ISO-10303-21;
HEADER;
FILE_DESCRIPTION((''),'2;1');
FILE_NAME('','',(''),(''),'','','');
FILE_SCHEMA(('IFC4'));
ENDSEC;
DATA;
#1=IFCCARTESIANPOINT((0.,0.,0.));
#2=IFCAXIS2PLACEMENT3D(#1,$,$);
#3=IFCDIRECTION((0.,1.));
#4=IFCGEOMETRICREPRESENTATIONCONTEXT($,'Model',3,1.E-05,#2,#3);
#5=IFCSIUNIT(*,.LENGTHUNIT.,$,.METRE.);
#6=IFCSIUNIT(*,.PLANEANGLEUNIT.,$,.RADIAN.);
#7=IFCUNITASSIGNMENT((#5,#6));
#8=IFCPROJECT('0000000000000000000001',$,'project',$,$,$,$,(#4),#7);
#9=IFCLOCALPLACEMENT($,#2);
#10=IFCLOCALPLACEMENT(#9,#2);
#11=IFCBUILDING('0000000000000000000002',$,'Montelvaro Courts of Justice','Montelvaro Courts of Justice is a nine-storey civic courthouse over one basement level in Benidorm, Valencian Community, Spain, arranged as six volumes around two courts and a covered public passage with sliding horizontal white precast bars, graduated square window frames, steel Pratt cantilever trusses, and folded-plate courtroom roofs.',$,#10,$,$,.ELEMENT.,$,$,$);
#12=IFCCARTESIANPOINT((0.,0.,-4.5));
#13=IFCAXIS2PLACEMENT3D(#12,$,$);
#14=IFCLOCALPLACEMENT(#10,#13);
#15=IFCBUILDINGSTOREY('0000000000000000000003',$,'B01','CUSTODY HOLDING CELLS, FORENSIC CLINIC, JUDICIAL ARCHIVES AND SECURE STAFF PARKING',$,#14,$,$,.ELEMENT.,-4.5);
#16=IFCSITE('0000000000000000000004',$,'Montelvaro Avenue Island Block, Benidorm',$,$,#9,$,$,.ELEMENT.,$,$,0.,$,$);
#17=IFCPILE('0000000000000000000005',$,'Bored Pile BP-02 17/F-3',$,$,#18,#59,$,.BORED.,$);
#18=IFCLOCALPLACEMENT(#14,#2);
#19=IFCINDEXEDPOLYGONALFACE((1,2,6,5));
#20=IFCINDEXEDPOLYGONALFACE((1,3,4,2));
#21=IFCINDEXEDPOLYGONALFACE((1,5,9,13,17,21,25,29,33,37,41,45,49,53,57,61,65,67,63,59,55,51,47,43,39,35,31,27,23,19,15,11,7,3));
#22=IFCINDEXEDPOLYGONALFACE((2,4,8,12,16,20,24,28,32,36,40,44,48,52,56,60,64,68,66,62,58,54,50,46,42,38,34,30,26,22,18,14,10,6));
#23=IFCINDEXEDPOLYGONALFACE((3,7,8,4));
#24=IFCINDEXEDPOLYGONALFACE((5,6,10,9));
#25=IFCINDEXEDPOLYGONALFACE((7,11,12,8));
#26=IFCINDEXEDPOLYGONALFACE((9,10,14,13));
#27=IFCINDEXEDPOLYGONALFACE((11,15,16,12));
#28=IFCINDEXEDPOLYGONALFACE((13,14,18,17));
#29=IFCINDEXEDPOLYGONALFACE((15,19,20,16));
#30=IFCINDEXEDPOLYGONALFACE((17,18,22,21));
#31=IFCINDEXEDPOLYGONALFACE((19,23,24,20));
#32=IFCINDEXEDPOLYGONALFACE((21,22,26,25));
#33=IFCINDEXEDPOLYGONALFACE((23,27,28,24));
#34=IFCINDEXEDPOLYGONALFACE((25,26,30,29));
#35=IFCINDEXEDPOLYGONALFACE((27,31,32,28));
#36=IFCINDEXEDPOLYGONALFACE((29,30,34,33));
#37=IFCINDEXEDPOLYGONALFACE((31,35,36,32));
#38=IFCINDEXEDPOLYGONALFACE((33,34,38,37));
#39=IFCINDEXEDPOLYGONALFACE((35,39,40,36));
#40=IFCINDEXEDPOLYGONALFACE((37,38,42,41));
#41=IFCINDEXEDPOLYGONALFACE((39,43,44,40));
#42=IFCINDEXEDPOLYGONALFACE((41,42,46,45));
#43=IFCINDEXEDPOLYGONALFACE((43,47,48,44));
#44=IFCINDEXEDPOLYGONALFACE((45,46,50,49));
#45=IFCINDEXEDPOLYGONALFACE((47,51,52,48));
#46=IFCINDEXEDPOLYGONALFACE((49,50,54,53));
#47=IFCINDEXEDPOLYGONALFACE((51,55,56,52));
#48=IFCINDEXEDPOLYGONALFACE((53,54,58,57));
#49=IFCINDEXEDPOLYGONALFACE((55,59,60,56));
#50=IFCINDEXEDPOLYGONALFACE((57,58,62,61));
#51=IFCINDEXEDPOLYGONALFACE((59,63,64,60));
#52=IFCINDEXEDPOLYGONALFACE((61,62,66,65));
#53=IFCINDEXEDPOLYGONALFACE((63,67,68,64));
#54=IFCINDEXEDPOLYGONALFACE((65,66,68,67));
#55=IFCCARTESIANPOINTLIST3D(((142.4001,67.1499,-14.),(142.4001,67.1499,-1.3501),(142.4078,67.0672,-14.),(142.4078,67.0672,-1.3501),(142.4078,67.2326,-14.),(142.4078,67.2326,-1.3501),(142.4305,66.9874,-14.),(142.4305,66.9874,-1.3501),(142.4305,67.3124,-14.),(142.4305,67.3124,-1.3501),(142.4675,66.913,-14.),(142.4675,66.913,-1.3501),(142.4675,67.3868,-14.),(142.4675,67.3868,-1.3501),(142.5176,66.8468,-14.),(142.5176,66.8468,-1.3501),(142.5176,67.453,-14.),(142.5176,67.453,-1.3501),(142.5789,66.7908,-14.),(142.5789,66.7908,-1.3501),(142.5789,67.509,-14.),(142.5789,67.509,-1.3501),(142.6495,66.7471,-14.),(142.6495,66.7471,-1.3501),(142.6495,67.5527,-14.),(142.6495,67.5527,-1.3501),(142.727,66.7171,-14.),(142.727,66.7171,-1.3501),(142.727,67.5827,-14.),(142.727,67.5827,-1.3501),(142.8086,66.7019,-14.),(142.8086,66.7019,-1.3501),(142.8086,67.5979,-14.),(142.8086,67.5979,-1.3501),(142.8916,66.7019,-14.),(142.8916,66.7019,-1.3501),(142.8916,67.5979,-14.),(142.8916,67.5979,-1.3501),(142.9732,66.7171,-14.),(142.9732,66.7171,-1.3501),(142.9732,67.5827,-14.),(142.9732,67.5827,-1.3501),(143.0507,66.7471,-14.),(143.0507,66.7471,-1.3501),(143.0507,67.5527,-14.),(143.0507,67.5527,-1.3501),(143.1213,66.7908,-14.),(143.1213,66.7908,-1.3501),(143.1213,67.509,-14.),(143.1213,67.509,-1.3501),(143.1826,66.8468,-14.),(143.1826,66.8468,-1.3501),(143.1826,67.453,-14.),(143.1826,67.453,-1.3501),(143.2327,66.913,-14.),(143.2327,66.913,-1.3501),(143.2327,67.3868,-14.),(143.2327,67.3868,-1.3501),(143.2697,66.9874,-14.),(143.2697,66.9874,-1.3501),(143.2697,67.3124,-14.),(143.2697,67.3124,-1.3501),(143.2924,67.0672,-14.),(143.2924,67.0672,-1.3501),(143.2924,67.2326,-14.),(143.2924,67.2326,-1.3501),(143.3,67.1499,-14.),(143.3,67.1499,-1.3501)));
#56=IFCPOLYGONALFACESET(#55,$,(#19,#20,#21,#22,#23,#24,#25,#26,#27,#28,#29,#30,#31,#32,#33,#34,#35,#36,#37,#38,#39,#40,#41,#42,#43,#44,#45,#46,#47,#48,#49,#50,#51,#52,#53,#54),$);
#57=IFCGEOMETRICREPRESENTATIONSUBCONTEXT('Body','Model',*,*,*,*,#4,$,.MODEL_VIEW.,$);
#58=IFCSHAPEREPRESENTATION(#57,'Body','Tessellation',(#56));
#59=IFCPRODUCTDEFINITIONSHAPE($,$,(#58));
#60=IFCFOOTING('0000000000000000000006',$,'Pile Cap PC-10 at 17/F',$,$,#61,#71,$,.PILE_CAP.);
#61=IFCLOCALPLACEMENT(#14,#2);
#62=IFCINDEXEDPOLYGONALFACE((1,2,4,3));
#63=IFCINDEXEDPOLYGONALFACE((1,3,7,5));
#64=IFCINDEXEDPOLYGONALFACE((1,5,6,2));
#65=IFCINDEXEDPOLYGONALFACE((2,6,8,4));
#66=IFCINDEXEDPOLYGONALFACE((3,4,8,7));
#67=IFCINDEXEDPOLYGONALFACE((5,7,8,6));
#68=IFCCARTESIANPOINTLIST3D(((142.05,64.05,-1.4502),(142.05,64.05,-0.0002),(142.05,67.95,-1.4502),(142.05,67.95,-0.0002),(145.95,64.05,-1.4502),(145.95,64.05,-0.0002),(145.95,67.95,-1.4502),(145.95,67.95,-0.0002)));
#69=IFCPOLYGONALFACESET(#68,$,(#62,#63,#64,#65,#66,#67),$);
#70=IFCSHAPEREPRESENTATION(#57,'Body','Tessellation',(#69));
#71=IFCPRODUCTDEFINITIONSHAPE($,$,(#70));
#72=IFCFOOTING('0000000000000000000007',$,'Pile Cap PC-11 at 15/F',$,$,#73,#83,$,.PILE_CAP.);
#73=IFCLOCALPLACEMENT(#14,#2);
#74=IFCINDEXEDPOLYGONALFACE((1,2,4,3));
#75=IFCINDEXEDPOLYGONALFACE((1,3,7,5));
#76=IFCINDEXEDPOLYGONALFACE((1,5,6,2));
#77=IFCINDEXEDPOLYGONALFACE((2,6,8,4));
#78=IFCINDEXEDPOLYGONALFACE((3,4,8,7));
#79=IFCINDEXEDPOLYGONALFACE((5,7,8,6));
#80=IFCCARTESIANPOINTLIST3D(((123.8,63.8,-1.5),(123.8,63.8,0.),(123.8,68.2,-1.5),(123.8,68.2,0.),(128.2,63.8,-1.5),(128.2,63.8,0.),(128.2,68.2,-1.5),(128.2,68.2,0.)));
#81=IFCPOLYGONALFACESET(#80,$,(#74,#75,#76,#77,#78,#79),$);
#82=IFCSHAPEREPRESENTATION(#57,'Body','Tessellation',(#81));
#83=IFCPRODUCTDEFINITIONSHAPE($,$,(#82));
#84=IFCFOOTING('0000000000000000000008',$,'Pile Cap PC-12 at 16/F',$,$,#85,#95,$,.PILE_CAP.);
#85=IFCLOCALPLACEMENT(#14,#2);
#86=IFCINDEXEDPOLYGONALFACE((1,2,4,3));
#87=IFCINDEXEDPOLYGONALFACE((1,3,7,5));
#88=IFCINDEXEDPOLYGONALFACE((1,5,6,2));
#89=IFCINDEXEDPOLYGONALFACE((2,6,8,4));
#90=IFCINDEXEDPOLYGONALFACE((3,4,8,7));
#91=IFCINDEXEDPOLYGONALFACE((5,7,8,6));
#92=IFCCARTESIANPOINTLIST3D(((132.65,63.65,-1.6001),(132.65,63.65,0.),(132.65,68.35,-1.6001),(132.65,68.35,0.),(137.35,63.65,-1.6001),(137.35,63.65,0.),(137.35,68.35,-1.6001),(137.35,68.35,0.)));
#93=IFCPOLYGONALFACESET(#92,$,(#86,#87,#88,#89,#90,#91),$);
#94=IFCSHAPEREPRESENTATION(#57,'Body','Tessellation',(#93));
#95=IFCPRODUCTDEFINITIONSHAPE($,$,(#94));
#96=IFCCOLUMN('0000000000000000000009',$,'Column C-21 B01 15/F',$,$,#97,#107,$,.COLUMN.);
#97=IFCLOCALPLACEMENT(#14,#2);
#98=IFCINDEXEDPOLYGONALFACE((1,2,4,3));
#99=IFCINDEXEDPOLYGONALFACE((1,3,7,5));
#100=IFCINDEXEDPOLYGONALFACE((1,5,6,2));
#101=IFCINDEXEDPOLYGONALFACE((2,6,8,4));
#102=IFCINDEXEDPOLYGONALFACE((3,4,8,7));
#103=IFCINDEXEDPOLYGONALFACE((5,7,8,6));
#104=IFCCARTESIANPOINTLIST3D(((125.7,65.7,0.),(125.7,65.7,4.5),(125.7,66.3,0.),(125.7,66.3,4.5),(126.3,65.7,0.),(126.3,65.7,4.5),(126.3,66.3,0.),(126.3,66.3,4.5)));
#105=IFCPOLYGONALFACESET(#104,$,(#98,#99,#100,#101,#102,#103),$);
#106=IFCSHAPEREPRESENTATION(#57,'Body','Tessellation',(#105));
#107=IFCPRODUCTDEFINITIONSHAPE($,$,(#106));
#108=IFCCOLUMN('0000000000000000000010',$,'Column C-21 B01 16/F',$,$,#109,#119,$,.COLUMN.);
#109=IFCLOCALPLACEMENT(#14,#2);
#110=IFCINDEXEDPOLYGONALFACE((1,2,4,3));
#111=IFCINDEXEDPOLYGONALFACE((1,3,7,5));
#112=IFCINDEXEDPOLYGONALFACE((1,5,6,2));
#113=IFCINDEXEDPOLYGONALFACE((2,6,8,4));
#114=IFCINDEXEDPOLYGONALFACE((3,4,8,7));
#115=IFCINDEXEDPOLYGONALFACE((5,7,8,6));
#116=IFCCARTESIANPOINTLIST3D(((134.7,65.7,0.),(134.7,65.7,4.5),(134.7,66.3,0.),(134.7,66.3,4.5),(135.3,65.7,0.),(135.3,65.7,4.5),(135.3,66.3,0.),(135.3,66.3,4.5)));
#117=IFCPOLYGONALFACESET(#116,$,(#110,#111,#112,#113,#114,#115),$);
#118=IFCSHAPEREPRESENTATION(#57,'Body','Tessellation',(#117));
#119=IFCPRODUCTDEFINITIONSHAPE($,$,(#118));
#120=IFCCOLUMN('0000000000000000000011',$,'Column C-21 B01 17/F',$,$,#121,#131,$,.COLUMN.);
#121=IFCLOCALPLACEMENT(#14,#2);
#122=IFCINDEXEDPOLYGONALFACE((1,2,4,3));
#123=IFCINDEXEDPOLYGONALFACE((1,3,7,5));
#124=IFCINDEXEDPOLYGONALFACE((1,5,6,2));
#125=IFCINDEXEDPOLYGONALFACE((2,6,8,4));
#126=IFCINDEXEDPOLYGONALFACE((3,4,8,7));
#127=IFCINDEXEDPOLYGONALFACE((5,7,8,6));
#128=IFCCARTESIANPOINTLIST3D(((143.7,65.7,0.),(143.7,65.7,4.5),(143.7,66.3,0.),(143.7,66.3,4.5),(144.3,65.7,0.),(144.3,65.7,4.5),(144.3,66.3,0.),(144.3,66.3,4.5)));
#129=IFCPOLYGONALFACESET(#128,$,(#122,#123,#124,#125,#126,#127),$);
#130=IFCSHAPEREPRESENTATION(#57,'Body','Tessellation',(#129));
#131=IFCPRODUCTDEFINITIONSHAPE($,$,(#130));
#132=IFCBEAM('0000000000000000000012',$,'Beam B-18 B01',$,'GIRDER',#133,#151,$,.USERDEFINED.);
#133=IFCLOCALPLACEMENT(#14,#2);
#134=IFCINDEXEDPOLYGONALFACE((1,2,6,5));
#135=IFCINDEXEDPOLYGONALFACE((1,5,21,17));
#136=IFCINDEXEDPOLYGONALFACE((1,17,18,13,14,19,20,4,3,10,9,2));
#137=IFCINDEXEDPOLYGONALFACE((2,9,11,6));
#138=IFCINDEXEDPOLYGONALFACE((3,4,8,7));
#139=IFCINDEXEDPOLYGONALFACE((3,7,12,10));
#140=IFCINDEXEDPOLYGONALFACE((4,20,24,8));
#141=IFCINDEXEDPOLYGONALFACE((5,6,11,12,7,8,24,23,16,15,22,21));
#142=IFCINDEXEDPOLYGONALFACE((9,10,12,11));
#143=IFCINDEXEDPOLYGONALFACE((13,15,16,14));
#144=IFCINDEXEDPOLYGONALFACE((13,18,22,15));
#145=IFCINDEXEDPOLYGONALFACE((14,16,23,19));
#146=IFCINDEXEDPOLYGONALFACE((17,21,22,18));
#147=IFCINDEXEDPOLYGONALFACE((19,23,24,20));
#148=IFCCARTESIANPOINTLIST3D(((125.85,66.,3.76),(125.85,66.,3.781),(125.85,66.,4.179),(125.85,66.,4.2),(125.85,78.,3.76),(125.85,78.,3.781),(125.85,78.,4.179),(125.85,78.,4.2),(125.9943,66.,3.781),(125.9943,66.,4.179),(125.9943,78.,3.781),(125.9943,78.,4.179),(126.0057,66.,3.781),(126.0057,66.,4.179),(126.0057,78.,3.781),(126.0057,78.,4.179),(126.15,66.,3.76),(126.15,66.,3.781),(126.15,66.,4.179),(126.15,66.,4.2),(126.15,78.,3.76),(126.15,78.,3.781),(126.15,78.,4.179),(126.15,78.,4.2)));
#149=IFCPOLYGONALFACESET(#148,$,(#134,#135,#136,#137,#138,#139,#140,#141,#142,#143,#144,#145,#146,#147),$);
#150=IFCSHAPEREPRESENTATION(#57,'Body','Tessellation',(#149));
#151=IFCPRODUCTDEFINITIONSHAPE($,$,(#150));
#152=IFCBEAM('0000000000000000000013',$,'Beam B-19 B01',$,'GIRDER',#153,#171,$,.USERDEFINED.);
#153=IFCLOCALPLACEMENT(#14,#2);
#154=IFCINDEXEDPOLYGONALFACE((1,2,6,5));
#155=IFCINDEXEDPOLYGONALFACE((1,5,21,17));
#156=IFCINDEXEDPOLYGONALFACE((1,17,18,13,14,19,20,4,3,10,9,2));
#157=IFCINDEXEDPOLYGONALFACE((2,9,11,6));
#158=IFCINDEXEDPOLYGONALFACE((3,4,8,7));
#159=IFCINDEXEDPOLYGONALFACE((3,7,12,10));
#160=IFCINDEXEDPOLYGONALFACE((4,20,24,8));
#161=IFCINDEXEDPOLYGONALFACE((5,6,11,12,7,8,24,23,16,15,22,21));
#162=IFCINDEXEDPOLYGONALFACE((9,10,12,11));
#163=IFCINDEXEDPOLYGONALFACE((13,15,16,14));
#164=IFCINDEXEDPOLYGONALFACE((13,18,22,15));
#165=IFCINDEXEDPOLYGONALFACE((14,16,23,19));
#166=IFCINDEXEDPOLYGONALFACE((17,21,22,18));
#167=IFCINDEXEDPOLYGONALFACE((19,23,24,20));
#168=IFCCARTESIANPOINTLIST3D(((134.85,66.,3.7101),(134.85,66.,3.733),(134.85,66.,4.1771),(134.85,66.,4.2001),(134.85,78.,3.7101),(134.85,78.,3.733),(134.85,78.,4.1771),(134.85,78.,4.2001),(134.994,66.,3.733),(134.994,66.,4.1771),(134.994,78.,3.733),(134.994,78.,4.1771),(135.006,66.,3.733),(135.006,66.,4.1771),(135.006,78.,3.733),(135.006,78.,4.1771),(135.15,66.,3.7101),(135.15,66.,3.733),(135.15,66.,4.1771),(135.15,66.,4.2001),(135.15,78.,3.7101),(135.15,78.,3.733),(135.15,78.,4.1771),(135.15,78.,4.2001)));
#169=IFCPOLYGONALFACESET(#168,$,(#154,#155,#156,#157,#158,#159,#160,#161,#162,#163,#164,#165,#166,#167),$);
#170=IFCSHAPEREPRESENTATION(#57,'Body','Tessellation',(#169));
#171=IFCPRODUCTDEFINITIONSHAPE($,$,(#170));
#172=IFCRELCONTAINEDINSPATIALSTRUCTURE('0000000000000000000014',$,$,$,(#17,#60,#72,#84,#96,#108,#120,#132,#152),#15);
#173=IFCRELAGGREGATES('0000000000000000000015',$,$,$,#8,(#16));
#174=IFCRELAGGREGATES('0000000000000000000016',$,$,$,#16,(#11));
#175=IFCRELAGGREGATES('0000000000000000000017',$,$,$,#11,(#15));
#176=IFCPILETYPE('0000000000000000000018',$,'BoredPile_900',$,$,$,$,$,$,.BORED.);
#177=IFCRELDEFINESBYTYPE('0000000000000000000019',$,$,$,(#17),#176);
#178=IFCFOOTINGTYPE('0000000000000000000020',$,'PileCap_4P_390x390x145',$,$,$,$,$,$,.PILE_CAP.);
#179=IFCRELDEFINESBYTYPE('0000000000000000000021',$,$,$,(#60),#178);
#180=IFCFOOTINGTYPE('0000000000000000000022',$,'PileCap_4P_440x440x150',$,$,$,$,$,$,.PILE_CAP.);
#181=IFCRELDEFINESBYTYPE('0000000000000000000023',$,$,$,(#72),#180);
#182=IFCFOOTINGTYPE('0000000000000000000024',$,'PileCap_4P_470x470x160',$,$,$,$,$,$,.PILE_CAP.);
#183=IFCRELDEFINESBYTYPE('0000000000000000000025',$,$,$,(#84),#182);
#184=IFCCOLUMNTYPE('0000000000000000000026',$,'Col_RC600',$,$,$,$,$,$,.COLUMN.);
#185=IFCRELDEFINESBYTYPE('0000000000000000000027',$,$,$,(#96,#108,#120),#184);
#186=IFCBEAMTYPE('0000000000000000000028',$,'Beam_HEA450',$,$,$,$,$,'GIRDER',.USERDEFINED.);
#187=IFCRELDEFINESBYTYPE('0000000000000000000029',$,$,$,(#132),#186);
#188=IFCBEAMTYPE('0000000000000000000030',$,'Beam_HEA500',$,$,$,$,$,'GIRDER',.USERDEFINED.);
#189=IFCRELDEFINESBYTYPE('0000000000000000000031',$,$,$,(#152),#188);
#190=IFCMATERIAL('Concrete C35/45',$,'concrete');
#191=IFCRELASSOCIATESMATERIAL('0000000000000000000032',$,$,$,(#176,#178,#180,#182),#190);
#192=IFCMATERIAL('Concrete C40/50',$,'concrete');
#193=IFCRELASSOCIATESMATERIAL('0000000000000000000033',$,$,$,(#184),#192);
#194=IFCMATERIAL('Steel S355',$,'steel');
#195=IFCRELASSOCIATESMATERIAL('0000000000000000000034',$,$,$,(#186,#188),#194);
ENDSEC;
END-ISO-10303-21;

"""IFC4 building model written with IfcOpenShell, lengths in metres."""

from ifc_helpers import new_model, si_unit, direction, frame, origin, origin_2d, place, context, subcontext, project, spatial, rectangle, circle, i_section, extrude, material, material_profile, profile_set, type_object, element, save


model = new_model("IFC4")

# Units and contexts
model_context = context("Model", 3, precision=1e-05, world=origin(), true_north=direction((0.0, 1.0)))
body_context = subcontext(model_context, "Body", "Model", "MODEL_VIEW")
ifc_project = project(units=[si_unit("LENGTHUNIT", "METRE"), si_unit("PLANEANGLEUNIT", "RADIAN")], contexts=[model_context])

# Site, building, storey
site_placement = place(None, origin())
site = spatial("IfcSite", under=ifc_project, at=site_placement, Name="Montelvaro Avenue Island Block, Benidorm", CompositionType="ELEMENT", RefElevation=0.0)
building_placement = place(site_placement, origin())
building = spatial("IfcBuilding", under=site, at=building_placement, Name="Montelvaro Courts of Justice", Description="Montelvaro Courts of Justice is a nine-storey civic courthouse over one basement level in Benidorm, Valencian Community, Spain, arranged as six volumes around two courts and a covered public passage with sliding horizontal white precast bars, graduated square window frames, steel Pratt cantilever trusses, and folded-plate courtroom roofs.", CompositionType="ELEMENT")
storey_placement = place(building_placement, frame((0.0, 0.0, -4.5)))
storey = spatial("IfcBuildingStorey", under=building, at=storey_placement, Name="B01", Description="CUSTODY HOLDING CELLS, FORENSIC CLINIC, JUDICIAL ARCHIVES AND SECURE STAFF PARKING", CompositionType="ELEMENT", Elevation=-4.5)

# Pile
ifc_material_1 = material(Name="Concrete C35/45", Category="concrete")
ifc_material_profile_1 = material_profile(ifc_material_1, circle(Radius=0.45, at=origin_2d()), Name="BORED PILE D900")
ifc_profile_set_1 = profile_set([ifc_material_profile_1], Name="Concrete C35/45")
pile_type_1 = type_object("IfcPileType", Name="BoredPile_900", PredefinedType="BORED", material=ifc_profile_set_1)
for number, where, z_axis, x_axis, name in (
    (1, (142.8501, 67.1499, -1.3501), (0.0, 0.0, -1.0), (1.0, 0.0, 0.0), "Bored Pile BP-02 17/F-3"),
):
    element("IfcPile", number, at=place(storey_placement, frame(where, z_axis=z_axis, x_axis=x_axis)), inside=storey, type_object=pile_type_1, Name=name, PredefinedType="BORED", context=body_context, shape_type="SweptSolid", body=[
        extrude(circle(Radius=0.45, at=origin_2d()), origin(), (0.0, 0.0, 1.0), 12.6499),
    ])

# Footings
footing_type_1 = type_object("IfcFootingType", Name="PileCap_4P_390x390x145", PredefinedType="PILE_CAP", material=ifc_material_1)
footing_1_placement = place(storey_placement, frame((144.0, 66.0, -1.4502), z_axis=(0.0, 0.0, 1.0), x_axis=(1.0, 0.0, 0.0)))
element("IfcFooting", 2, at=footing_1_placement, inside=storey, type_object=footing_type_1, Name="Pile Cap PC-10 at 17/F", PredefinedType="PILE_CAP", context=body_context, shape_type="SweptSolid", body=[
    extrude(rectangle(XDim=3.8999, YDim=3.8999, at=origin_2d()), origin(), (0.0, 0.0, 1.0), 1.45),
])
footing_type_2 = type_object("IfcFootingType", Name="PileCap_4P_440x440x150", PredefinedType="PILE_CAP", material=ifc_material_1)
footing_2_placement = place(storey_placement, frame((126.0, 66.0, -1.5), z_axis=(0.0, 0.0, 1.0), x_axis=(1.0, 0.0, 0.0)))
element("IfcFooting", 3, at=footing_2_placement, inside=storey, type_object=footing_type_2, Name="Pile Cap PC-11 at 15/F", PredefinedType="PILE_CAP", context=body_context, shape_type="SweptSolid", body=[
    extrude(rectangle(XDim=4.3999, YDim=4.3999, at=origin_2d()), origin(), (0.0, 0.0, 1.0), 1.5),
])
footing_type_3 = type_object("IfcFootingType", Name="PileCap_4P_470x470x160", PredefinedType="PILE_CAP", material=ifc_material_1)
footing_3_placement = place(storey_placement, frame((135.0, 66.0, -1.6001), z_axis=(0.0, 0.0, 1.0), x_axis=(1.0, 0.0, 0.0)))
element("IfcFooting", 4, at=footing_3_placement, inside=storey, type_object=footing_type_3, Name="Pile Cap PC-12 at 16/F", PredefinedType="PILE_CAP", context=body_context, shape_type="SweptSolid", body=[
    extrude(rectangle(XDim=4.7, YDim=4.7, at=origin_2d()), origin(), (0.0, 0.0, 1.0), 1.6001),
])

# Columns
ifc_material_2 = material(Name="Concrete C40/50", Category="concrete")
ifc_material_profile_2 = material_profile(ifc_material_2, rectangle(XDim=0.6001, YDim=0.6001, at=origin_2d()), Name="RC 600x600")
ifc_profile_set_2 = profile_set([ifc_material_profile_2], Name="Concrete C40/50")
column_type = type_object("IfcColumnType", Name="Col_RC600", PredefinedType="COLUMN", material=ifc_profile_set_2)
for number, where, z_axis, x_axis, name in (
    (5, (126.0, 66.0, 0.0), (0.0, 0.0, 1.0), (1.0, 0.0, 0.0), "Column C-21 B01 15/F"),
    (6, (135.0, 66.0, 0.0), (0.0, 0.0, 1.0), (1.0, 0.0, 0.0), "Column C-21 B01 16/F"),
    (7, (144.0, 66.0, 0.0), (0.0, 0.0, 1.0), (1.0, 0.0, 0.0), "Column C-21 B01 17/F"),
):
    element("IfcColumn", number, at=place(storey_placement, frame(where, z_axis=z_axis, x_axis=x_axis)), inside=storey, type_object=column_type, Name=name, PredefinedType="COLUMN", context=body_context, shape_type="SweptSolid", body=[
        extrude(rectangle(XDim=0.6001, YDim=0.6001, at=origin_2d()), origin(), (0.0, 0.0, 1.0), 4.5),
    ])

# Beams
ifc_material_3 = material(Name="Steel S355", Category="steel")
ifc_material_profile_3 = material_profile(ifc_material_3, i_section(OverallWidth=0.3, OverallDepth=0.4399, WebThickness=0.0115, FlangeThickness=0.021, at=origin_2d()), Name="HEA 450")
ifc_profile_set_3 = profile_set([ifc_material_profile_3], Name="Steel S355")
beam_type_1 = type_object("IfcBeamType", Name="Beam_HEA450", ElementType="GIRDER", PredefinedType="USERDEFINED", material=ifc_profile_set_3)
beam_1_placement = place(storey_placement, frame((126.0, 66.0, 3.98), z_axis=(0.0, 1.0, 0.0), x_axis=(-1.0, 0.0, 0.0)))
element("IfcBeam", 8, at=beam_1_placement, inside=storey, type_object=beam_type_1, Name="Beam B-18 B01", ObjectType="GIRDER", PredefinedType="USERDEFINED", context=body_context, shape_type="SweptSolid", body=[
    extrude(i_section(OverallWidth=0.3, OverallDepth=0.4399, WebThickness=0.0115, FlangeThickness=0.021, at=origin_2d()), origin(), (0.0, 0.0, 1.0), 12.0),
])
ifc_material_profile_4 = material_profile(ifc_material_3, i_section(OverallWidth=0.3, OverallDepth=0.49, WebThickness=0.012, FlangeThickness=0.0229, at=origin_2d()), Name="HEA 500")
ifc_profile_set_4 = profile_set([ifc_material_profile_4], Name="Steel S355")
beam_type_2 = type_object("IfcBeamType", Name="Beam_HEA500", ElementType="GIRDER", PredefinedType="USERDEFINED", material=ifc_profile_set_4)
beam_2_placement = place(storey_placement, frame((135.0, 66.0, 3.9551), z_axis=(0.0, 1.0, 0.0), x_axis=(-1.0, 0.0, 0.0)))
element("IfcBeam", 9, at=beam_2_placement, inside=storey, type_object=beam_type_2, Name="Beam B-19 B01", ObjectType="GIRDER", PredefinedType="USERDEFINED", context=body_context, shape_type="SweptSolid", body=[
    extrude(i_section(OverallWidth=0.3, OverallDepth=0.49, WebThickness=0.012, FlangeThickness=0.0229, at=origin_2d()), origin(), (0.0, 0.0, 1.0), 12.0),
])

save(model, "model.ifc")
